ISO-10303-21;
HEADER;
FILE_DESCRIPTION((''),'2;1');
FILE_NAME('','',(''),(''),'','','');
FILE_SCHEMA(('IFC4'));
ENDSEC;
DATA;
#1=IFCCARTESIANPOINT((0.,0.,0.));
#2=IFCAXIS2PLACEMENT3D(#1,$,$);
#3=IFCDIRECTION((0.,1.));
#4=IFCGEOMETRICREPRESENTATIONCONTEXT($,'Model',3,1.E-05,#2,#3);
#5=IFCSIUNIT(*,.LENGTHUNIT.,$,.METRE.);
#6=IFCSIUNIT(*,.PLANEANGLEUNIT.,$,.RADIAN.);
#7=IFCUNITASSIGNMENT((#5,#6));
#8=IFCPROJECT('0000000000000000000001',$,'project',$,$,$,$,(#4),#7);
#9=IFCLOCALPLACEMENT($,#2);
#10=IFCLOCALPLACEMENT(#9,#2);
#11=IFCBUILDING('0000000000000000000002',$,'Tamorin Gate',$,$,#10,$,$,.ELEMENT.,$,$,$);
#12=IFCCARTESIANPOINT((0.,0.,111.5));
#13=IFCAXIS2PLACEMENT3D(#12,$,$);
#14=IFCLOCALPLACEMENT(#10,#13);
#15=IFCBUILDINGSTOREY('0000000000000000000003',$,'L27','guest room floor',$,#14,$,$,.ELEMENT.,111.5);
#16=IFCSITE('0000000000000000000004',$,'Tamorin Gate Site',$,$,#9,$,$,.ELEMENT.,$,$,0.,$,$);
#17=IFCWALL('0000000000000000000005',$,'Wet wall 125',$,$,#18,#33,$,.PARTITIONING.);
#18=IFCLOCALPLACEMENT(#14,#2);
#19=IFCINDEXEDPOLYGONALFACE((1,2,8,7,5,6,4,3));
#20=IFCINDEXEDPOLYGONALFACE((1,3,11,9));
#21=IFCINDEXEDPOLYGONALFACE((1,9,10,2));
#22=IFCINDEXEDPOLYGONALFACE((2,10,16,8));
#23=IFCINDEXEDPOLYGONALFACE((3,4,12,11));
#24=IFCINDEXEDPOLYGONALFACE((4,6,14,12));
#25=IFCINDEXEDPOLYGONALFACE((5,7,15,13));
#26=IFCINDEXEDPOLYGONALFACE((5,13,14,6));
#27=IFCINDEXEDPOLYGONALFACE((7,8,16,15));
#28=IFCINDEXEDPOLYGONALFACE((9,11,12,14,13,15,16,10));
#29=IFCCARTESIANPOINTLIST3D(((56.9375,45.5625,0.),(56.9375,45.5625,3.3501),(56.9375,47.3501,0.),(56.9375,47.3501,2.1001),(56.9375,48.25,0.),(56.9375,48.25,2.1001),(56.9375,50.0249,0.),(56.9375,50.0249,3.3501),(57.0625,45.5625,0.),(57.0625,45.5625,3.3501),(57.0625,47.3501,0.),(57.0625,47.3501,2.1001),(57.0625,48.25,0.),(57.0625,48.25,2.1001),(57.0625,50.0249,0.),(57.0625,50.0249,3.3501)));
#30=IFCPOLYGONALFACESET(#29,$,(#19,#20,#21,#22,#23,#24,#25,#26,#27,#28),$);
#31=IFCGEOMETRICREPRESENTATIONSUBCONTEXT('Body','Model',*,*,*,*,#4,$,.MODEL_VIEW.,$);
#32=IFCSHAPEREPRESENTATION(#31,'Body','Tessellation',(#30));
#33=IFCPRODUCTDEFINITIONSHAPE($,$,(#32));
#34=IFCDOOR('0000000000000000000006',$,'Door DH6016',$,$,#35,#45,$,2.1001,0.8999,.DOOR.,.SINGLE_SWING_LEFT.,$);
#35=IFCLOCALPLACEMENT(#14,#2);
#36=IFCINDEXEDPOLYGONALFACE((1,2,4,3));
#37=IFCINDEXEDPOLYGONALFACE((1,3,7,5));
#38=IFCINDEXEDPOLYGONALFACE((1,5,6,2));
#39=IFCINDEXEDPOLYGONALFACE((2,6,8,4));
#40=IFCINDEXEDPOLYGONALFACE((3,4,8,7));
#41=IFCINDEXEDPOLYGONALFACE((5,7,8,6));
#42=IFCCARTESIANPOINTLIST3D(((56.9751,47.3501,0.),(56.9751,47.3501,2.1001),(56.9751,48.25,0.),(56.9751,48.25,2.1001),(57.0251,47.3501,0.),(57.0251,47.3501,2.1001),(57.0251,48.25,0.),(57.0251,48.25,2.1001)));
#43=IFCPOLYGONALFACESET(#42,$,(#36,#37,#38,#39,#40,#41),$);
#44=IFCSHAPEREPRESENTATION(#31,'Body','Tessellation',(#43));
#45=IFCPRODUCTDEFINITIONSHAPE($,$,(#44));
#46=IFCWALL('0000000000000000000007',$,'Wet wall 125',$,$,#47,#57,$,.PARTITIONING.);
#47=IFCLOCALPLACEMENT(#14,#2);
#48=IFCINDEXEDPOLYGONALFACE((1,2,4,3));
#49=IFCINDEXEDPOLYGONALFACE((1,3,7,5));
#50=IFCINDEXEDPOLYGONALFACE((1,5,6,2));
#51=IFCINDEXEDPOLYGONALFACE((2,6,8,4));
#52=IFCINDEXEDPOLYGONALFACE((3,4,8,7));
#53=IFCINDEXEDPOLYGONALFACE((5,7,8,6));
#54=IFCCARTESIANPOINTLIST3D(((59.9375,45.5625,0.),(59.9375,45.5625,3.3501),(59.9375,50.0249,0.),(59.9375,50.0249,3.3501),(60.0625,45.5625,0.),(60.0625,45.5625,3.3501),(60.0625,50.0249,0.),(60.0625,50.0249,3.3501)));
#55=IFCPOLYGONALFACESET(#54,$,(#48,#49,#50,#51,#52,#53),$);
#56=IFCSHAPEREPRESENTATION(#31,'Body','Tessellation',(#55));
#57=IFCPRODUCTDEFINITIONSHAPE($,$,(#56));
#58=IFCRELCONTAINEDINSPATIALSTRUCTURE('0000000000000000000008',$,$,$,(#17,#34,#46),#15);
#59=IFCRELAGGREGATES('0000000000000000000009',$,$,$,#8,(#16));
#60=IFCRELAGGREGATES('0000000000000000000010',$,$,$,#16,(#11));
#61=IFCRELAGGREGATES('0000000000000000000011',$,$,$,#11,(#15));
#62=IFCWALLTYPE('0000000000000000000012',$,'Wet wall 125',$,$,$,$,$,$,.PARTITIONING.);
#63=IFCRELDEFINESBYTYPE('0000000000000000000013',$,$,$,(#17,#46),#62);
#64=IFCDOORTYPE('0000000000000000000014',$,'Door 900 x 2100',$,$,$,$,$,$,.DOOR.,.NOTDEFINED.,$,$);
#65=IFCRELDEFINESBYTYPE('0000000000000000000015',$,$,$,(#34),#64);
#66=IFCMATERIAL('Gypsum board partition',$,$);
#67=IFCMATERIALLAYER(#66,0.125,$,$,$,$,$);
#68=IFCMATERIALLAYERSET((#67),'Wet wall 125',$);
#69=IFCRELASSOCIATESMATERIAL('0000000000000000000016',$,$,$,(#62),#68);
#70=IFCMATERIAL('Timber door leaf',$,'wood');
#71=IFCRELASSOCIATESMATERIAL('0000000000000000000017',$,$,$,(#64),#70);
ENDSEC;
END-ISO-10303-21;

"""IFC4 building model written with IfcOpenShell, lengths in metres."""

from ifc_helpers import new_model, si_unit, direction, frame, frame_2d, origin, place, context, subcontext, project, spatial, rectangle, extrude, material, layer, layer_set, type_object, element, fill, save


model = new_model("IFC4")

# Units and contexts
model_context = context("Model", 3, precision=1e-05, world=origin(), true_north=direction((0.0, 1.0)))
body_context = subcontext(model_context, "Body", "Model", "MODEL_VIEW")
ifc_project = project(units=[si_unit("LENGTHUNIT", "METRE"), si_unit("PLANEANGLEUNIT", "RADIAN")], contexts=[model_context])

# Site, building, storey
site_placement = place(None, origin())
site = spatial("IfcSite", under=ifc_project, at=site_placement, Name="Tamorin Gate Site", CompositionType="ELEMENT", RefElevation=0.0)
building_placement = place(site_placement, origin())
building = spatial("IfcBuilding", under=site, at=building_placement, Name="Tamorin Gate", CompositionType="ELEMENT")
storey_placement = place(building_placement, frame((0.0, 0.0, 111.5)))
storey = spatial("IfcBuildingStorey", under=building, at=storey_placement, Name="L27", Description="guest room floor", CompositionType="ELEMENT", Elevation=111.5)

# Shared definitions
ifc_material_1 = material(Name="Gypsum board partition")
ifc_material_2 = material(Name="Timber door leaf", Category="wood")

# Wall, opening, door
ifc_layer_1 = layer(ifc_material_1, 0.125)
ifc_layer_set_1 = layer_set([ifc_layer_1], Name="Wet wall 125")
wall_type_1 = type_object("IfcWallType", Name="Wet wall 125", PredefinedType="PARTITIONING", material=ifc_layer_set_1)
wall_1_placement = place(storey_placement, frame((57.0, 45.5625, 0.0), z_axis=(0.0, 0.0, 1.0), x_axis=(0.0, 1.0, 0.0)))
wall_1 = element("IfcWall", 1, at=wall_1_placement, inside=storey, type_object=wall_type_1, Name="Wet wall 125", PredefinedType="PARTITIONING", context=body_context, shape_type="SweptSolid", body=[
    extrude(rectangle(XDim=4.4624, YDim=0.125, at=frame_2d((2.2312, 0.0))), origin(), (0.0, 0.0, 1.0), 3.3501),
])
opening_1_placement = place(wall_1_placement, frame((1.7876, 0.0, 0.0)))
opening_1 = element("IfcOpeningElement", 2, at=opening_1_placement, cuts=wall_1, PredefinedType="OPENING", context=body_context, shape_type="SweptSolid", body=[
    extrude(rectangle(XDim=0.8999, YDim=2.1001, at=frame_2d((0.45, 1.05))), frame((0.0, 0.0725, 0.0), z_axis=(0.0, -1.0, 0.0), x_axis=(1.0, 0.0, 0.0)), (0.0, 0.0, 1.0), 0.145),
])
door_type_1 = type_object("IfcDoorType", Name="Door 900 x 2100", OperationType="NOTDEFINED", PredefinedType="DOOR", material=ifc_material_2)
door_1_placement = place(opening_1_placement, origin())
door_1 = element("IfcDoor", 3, at=door_1_placement, inside=storey, type_object=door_type_1, Name="Door DH6016", OperationType="SINGLE_SWING_LEFT", OverallHeight=2.1001, OverallWidth=0.8999, PredefinedType="DOOR", context=body_context, shape_type="SweptSolid", body=[
    extrude(rectangle(XDim=0.8999, YDim=2.1001, at=frame_2d((0.45, 1.05))), frame((0.0, 0.0249, 0.0), z_axis=(0.0, -1.0, 0.0), x_axis=(1.0, 0.0, 0.0)), (0.0, 0.0, 1.0), 0.05),
])
fill(opening_1, door_1)

# Wall
wall_2_placement = place(storey_placement, frame((60.0, 45.5625, 0.0), z_axis=(0.0, 0.0, 1.0), x_axis=(0.0, 1.0, 0.0)))
element("IfcWall", 4, at=wall_2_placement, inside=storey, type_object=wall_type_1, Name="Wet wall 125", PredefinedType="PARTITIONING", context=body_context, shape_type="SweptSolid", body=[
    extrude(rectangle(XDim=4.4624, YDim=0.125, at=frame_2d((2.2312, 0.0))), origin(), (0.0, 0.0, 1.0), 3.3501),
])

save(model, "model.ifc")
